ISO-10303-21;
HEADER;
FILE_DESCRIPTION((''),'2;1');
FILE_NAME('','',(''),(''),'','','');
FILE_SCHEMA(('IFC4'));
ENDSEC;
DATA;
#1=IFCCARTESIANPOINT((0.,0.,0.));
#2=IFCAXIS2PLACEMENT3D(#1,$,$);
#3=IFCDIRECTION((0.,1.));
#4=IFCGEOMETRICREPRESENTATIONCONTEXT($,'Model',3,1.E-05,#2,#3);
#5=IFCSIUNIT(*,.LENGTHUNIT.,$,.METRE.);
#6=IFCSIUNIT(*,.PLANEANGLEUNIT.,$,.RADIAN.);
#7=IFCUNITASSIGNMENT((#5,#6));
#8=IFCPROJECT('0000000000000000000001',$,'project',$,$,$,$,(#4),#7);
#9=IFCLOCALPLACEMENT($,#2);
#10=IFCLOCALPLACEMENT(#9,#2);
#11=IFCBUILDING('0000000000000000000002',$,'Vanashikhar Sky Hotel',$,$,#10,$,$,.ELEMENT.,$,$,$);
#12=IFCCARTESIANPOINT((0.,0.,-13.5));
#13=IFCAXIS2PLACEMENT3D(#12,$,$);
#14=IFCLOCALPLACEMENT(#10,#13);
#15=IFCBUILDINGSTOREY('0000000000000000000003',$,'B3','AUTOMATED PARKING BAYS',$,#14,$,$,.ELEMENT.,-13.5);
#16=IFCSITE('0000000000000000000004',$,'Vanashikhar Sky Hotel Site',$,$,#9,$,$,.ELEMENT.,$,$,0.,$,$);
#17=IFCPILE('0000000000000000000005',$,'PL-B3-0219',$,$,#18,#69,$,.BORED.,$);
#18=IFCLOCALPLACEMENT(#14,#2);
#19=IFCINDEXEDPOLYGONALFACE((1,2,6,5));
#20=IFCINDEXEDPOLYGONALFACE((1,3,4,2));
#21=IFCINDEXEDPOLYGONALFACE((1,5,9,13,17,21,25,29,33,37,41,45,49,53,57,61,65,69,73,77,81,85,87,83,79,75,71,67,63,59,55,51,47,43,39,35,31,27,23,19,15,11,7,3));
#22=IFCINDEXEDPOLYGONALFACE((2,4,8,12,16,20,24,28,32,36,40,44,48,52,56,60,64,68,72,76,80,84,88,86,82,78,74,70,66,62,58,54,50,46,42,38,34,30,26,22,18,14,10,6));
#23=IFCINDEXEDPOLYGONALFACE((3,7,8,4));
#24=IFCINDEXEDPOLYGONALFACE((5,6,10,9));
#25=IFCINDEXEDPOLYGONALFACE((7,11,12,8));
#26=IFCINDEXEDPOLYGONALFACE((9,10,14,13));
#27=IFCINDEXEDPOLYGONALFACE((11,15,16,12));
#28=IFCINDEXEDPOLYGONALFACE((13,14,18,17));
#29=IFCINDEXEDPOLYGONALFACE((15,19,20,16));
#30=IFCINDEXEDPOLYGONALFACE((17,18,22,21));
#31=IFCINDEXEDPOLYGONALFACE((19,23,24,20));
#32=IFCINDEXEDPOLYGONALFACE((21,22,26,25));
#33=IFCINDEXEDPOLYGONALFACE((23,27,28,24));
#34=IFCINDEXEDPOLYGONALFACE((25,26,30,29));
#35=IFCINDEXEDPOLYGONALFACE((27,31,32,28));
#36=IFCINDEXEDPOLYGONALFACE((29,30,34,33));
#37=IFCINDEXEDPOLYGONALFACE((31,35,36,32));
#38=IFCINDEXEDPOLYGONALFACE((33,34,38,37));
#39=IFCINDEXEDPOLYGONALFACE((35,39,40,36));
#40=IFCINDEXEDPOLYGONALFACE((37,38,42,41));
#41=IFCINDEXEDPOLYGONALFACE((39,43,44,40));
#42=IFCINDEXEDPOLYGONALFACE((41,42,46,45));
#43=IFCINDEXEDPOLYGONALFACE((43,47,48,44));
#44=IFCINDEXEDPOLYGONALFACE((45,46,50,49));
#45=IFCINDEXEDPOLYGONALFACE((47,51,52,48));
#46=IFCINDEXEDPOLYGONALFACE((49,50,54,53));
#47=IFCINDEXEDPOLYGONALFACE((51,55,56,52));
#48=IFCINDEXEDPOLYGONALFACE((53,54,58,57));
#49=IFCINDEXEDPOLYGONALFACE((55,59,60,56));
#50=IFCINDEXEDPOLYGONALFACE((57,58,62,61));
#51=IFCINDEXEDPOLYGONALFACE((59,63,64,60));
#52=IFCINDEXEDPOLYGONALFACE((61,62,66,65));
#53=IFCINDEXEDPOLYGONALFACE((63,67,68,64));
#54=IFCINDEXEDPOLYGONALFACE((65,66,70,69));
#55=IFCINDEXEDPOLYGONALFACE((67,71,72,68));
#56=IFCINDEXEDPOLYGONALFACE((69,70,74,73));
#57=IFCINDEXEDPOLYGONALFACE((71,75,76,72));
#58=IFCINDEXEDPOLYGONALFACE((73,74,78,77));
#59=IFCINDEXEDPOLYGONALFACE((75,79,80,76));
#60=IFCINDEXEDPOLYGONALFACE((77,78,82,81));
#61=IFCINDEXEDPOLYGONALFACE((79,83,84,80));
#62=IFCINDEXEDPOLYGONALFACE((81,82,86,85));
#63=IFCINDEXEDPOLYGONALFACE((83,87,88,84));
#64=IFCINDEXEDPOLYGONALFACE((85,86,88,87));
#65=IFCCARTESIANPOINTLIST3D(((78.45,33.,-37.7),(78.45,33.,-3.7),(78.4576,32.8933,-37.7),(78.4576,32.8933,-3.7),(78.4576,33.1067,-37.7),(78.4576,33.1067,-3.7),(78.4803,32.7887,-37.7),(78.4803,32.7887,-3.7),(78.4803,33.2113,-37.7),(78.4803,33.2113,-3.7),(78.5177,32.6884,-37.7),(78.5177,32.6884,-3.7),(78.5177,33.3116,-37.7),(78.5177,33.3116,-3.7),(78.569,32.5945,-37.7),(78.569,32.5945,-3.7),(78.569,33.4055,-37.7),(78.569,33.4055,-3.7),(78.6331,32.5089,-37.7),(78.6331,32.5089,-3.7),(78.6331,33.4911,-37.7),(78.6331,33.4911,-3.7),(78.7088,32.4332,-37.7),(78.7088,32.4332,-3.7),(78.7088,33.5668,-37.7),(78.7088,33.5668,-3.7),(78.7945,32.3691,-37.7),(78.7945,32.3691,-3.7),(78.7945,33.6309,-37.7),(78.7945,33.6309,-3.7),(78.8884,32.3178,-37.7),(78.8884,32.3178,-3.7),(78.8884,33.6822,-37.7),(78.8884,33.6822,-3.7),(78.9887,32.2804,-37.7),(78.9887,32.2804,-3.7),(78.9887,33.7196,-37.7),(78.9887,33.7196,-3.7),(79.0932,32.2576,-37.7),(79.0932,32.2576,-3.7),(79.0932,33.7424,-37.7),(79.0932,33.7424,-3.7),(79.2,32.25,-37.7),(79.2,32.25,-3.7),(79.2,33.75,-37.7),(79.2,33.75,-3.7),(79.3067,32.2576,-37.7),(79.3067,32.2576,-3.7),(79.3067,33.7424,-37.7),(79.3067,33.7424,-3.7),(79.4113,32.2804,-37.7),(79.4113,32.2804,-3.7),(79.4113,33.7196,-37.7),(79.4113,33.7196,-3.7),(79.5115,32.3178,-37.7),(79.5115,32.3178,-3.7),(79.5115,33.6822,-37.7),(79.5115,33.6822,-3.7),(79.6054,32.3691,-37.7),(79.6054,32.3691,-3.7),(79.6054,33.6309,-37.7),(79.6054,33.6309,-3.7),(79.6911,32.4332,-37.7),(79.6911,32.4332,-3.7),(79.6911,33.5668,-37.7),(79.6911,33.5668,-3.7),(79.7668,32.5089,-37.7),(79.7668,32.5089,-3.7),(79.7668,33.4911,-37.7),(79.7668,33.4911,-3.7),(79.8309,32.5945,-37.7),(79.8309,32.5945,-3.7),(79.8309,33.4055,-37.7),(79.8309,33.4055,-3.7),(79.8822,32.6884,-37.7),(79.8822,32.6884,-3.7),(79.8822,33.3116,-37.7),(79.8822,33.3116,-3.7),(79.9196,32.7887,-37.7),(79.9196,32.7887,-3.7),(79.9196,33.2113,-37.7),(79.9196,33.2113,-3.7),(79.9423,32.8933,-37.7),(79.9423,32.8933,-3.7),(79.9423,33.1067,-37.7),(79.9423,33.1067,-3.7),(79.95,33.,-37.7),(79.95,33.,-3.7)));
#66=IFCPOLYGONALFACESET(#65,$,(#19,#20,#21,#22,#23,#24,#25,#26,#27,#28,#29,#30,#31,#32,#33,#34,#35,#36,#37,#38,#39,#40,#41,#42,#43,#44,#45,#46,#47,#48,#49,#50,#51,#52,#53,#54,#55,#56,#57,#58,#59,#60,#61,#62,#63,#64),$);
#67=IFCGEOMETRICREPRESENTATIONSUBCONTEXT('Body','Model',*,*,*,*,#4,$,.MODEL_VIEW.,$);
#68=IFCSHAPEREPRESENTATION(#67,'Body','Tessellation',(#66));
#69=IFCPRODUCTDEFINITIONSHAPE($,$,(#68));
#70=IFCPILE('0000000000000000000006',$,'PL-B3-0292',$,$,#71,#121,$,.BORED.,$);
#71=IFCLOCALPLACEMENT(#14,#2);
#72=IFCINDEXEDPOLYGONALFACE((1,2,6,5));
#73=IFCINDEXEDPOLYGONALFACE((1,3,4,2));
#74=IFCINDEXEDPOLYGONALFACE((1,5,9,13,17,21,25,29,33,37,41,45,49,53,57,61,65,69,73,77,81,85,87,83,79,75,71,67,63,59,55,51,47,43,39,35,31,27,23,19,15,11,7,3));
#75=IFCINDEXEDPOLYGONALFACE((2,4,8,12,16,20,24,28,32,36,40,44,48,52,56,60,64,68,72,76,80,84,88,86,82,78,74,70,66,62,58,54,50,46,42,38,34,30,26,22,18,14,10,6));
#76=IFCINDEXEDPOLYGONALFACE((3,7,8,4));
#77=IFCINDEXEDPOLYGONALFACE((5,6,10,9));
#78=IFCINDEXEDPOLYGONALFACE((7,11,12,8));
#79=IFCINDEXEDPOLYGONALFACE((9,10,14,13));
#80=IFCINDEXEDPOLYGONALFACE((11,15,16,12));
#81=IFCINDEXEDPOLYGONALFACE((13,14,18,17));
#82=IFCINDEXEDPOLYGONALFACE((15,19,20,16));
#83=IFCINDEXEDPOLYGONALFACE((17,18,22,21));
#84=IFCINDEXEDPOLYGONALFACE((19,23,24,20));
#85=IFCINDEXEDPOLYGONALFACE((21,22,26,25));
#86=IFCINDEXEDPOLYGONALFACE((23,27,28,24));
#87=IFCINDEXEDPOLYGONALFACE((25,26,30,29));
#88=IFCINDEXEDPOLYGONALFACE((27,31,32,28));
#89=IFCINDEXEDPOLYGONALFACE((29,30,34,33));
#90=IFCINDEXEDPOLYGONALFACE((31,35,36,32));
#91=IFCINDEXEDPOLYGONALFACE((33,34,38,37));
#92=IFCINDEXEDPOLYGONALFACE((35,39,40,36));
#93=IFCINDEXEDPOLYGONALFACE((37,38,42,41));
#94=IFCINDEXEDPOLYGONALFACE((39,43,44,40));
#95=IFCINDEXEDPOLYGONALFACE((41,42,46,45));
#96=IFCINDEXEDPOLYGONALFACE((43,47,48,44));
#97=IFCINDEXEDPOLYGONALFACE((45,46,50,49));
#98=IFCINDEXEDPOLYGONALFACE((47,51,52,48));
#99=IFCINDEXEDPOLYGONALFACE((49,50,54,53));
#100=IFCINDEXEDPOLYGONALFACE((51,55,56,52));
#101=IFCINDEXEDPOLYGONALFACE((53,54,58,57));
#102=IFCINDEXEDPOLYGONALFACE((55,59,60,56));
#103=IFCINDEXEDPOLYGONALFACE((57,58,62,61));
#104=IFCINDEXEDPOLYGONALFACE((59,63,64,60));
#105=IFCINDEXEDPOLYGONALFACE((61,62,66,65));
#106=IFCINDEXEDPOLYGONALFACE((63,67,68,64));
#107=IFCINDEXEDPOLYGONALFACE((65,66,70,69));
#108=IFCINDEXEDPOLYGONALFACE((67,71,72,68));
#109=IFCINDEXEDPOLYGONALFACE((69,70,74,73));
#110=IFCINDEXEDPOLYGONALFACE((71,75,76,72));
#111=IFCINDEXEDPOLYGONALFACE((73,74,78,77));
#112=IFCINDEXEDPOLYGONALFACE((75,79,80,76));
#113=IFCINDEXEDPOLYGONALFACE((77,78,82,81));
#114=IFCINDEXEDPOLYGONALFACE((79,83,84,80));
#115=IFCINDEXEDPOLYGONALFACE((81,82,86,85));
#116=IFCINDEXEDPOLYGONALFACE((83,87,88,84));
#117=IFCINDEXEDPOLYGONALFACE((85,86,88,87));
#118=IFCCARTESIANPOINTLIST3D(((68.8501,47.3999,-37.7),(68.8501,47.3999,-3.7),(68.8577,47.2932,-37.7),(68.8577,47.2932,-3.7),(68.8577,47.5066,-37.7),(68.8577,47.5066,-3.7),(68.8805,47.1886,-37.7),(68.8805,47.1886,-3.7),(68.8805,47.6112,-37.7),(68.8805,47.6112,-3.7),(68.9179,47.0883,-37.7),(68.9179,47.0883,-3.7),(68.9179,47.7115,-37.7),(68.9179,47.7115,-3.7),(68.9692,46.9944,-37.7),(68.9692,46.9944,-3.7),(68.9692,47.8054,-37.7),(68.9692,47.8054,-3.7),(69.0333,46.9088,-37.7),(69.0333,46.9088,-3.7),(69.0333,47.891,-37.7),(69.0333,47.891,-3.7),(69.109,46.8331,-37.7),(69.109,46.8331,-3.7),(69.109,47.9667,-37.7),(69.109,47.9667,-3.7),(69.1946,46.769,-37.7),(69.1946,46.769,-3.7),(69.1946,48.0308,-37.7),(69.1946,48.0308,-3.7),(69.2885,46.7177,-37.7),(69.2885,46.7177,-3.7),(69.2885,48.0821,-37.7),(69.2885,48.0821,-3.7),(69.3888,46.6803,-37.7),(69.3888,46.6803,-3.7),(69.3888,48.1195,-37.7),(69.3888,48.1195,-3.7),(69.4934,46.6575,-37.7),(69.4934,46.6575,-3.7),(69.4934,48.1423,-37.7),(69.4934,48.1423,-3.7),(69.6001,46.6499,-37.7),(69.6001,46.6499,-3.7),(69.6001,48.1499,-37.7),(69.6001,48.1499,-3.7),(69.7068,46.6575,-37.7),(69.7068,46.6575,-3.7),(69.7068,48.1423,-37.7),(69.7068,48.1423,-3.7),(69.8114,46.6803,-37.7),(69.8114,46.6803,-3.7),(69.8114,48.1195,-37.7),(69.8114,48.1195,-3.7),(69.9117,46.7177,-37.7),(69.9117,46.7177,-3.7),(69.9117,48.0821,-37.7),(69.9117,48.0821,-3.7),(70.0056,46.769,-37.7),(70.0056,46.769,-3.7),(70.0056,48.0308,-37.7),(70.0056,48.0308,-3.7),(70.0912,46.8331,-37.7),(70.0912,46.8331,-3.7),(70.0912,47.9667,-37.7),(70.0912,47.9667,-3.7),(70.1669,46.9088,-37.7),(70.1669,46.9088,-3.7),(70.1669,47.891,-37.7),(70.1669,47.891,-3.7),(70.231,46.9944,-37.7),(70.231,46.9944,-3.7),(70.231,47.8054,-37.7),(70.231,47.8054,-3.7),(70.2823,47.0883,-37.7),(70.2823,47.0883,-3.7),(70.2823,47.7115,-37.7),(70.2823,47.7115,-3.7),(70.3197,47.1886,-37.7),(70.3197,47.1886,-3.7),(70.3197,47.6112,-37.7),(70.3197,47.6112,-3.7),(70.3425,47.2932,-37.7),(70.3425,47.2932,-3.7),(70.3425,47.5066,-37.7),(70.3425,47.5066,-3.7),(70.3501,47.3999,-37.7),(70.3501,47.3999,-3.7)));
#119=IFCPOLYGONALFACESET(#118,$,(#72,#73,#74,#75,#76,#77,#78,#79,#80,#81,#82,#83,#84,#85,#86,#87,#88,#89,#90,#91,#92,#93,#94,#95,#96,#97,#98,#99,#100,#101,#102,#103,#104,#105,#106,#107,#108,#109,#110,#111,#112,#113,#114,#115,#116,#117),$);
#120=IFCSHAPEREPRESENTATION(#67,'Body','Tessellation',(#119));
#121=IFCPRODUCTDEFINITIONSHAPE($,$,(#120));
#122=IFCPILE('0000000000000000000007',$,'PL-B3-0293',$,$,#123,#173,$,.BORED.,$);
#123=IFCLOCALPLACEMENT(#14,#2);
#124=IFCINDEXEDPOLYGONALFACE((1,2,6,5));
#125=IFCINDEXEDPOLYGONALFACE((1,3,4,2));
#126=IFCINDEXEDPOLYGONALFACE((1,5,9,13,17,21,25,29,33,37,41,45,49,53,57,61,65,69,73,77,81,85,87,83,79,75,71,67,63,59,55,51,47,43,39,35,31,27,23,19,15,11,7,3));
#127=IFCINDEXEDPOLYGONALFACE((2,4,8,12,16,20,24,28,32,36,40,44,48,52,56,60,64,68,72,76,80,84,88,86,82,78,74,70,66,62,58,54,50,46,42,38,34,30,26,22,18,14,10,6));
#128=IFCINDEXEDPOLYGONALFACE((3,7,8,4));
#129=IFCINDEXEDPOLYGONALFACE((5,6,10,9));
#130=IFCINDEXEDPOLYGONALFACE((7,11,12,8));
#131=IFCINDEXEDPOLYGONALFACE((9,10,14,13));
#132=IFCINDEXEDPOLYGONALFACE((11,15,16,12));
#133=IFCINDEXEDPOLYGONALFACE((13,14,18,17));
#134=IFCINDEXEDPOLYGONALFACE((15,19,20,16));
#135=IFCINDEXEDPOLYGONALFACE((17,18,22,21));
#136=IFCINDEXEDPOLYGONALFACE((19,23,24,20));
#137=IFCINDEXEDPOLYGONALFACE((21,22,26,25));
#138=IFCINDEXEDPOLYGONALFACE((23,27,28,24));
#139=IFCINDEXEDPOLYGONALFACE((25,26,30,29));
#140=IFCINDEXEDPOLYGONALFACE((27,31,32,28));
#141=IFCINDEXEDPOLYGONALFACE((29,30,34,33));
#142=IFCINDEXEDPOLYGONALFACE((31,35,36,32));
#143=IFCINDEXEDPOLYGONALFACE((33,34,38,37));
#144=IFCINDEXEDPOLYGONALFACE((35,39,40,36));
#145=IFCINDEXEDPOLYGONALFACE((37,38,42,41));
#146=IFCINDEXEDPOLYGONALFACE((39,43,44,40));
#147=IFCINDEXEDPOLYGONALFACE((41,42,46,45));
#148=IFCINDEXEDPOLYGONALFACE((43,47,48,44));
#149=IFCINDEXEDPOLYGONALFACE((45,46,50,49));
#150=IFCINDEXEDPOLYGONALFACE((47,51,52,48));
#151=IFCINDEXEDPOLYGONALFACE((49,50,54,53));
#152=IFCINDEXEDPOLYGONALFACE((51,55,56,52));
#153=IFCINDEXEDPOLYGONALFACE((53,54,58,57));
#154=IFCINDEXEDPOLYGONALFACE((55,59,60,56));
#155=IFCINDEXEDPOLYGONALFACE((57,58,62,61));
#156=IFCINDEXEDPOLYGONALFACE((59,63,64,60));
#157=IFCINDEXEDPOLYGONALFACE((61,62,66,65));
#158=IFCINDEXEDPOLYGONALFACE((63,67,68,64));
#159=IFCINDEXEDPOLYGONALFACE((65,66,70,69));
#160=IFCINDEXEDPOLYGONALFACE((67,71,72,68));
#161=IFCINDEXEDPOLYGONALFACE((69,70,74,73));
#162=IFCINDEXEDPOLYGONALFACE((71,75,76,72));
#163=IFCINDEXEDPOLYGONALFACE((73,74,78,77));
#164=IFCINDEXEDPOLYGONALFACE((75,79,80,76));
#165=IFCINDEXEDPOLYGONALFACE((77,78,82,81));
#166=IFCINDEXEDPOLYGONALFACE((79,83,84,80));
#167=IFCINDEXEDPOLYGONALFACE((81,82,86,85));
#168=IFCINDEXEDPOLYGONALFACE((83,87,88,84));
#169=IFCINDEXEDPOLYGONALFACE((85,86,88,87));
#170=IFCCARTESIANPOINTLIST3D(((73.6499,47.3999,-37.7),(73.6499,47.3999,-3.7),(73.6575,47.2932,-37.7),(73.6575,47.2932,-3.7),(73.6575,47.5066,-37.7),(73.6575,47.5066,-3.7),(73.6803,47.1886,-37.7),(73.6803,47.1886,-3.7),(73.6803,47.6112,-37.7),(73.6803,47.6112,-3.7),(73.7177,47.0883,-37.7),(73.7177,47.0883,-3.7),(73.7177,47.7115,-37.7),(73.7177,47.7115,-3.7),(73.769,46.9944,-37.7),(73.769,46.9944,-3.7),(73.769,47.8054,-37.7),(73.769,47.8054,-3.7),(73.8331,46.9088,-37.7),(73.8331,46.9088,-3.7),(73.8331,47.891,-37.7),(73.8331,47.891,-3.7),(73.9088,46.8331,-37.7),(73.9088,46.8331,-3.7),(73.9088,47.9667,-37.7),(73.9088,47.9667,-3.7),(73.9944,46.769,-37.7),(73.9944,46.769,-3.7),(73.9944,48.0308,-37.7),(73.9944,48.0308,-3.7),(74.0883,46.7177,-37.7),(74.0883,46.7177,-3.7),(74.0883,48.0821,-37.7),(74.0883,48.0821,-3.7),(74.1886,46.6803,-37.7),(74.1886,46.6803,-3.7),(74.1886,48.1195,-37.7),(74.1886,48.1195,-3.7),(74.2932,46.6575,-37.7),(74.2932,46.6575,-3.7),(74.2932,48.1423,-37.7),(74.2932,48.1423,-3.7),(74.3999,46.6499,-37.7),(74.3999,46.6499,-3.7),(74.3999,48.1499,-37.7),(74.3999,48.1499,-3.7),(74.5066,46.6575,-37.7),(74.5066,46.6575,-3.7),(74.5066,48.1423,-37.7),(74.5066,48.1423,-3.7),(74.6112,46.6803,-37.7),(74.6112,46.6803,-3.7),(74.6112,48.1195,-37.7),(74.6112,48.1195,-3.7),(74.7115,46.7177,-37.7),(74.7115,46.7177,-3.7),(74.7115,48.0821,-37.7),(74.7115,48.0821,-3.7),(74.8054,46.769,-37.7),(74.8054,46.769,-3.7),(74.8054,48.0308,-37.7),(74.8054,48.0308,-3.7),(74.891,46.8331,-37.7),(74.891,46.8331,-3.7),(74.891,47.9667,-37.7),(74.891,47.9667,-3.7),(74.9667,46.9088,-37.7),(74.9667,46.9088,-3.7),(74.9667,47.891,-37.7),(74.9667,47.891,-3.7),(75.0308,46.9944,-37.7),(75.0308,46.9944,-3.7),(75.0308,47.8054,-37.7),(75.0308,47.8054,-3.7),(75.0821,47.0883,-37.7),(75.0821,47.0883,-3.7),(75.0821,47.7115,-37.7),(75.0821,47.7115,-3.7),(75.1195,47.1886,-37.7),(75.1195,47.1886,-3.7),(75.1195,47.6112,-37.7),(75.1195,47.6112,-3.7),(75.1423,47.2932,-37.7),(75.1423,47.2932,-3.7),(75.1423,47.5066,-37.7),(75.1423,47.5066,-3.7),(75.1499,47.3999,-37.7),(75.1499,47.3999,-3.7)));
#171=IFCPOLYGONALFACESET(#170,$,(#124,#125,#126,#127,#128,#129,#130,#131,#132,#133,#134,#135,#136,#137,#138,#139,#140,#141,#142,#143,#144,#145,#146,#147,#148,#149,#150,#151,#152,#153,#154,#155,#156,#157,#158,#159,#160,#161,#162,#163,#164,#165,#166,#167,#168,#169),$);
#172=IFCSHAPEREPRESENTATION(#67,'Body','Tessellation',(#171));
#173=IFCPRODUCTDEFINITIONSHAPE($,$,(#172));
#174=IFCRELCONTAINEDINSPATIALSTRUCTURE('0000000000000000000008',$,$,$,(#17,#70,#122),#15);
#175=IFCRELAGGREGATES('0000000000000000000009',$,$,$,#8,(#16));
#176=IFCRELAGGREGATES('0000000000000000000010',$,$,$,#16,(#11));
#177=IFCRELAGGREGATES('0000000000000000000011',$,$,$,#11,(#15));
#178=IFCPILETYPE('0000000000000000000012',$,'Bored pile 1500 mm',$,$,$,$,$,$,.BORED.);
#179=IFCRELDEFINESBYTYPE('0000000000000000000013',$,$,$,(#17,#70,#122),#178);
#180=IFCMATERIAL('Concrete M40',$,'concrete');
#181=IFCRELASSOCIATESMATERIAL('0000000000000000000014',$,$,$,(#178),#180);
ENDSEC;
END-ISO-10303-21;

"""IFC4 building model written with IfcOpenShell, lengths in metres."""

from ifc_helpers import new_model, si_unit, direction, frame, origin, origin_2d, place, context, subcontext, project, spatial, circle, extrude, source, transform, mapped, material, type_object, element, save


model = new_model("IFC4")

# Units and contexts
model_context = context("Model", 3, precision=1e-05, world=origin(), true_north=direction((0.0, 1.0)))
body_context = subcontext(model_context, "Body", "Model", "MODEL_VIEW")
ifc_project = project(units=[si_unit("LENGTHUNIT", "METRE"), si_unit("PLANEANGLEUNIT", "RADIAN")], contexts=[model_context])

# Site, building, storey
site_placement = place(None, origin())
site = spatial("IfcSite", under=ifc_project, at=site_placement, Name="Vanashikhar Sky Hotel Site", CompositionType="ELEMENT", RefElevation=0.0)
building_placement = place(site_placement, origin())
building = spatial("IfcBuilding", under=site, at=building_placement, Name="Vanashikhar Sky Hotel", CompositionType="ELEMENT")
storey_placement = place(building_placement, frame((0.0, 0.0, -13.5)))
storey = spatial("IfcBuildingStorey", under=building, at=storey_placement, Name="B3", Description="AUTOMATED PARKING BAYS", CompositionType="ELEMENT", Elevation=-13.5)

# Piles
ifc_material_1 = material(Name="Concrete M40", Category="concrete")
pile_type_1 = type_object("IfcPileType", Name="Bored pile 1500 mm", PredefinedType="BORED", material=ifc_material_1)
shared_shape_1 = source(origin(), body_context, "Body", "SweptSolid", [
    extrude(circle(Radius=0.75, at=origin_2d()), origin(), (0.0, 0.0, 1.0), 34.0),
])
for number, where, z_axis, x_axis, name in (
    (1, (79.2, 33.0, -3.7), (0.0, 0.0, -1.0), (1.0, 0.0, 0.0), "PL-B3-0219"),
    (2, (69.6001, 47.3999, -3.7), (0.0, 0.0, -1.0), (1.0, 0.0, 0.0), "PL-B3-0292"),
    (3, (74.3999, 47.3999, -3.7), (0.0, 0.0, -1.0), (1.0, 0.0, 0.0), "PL-B3-0293"),
):
    element("IfcPile", number, at=place(storey_placement, frame(where, z_axis=z_axis, x_axis=x_axis)), inside=storey, type_object=pile_type_1, Name=name, PredefinedType="BORED", context=body_context, shape_type="MappedRepresentation", body=[
        mapped(shared_shape_1, transform((0.0, 0.0, 0.0), scale=1.0)),
    ])

save(model, "model.ifc")
